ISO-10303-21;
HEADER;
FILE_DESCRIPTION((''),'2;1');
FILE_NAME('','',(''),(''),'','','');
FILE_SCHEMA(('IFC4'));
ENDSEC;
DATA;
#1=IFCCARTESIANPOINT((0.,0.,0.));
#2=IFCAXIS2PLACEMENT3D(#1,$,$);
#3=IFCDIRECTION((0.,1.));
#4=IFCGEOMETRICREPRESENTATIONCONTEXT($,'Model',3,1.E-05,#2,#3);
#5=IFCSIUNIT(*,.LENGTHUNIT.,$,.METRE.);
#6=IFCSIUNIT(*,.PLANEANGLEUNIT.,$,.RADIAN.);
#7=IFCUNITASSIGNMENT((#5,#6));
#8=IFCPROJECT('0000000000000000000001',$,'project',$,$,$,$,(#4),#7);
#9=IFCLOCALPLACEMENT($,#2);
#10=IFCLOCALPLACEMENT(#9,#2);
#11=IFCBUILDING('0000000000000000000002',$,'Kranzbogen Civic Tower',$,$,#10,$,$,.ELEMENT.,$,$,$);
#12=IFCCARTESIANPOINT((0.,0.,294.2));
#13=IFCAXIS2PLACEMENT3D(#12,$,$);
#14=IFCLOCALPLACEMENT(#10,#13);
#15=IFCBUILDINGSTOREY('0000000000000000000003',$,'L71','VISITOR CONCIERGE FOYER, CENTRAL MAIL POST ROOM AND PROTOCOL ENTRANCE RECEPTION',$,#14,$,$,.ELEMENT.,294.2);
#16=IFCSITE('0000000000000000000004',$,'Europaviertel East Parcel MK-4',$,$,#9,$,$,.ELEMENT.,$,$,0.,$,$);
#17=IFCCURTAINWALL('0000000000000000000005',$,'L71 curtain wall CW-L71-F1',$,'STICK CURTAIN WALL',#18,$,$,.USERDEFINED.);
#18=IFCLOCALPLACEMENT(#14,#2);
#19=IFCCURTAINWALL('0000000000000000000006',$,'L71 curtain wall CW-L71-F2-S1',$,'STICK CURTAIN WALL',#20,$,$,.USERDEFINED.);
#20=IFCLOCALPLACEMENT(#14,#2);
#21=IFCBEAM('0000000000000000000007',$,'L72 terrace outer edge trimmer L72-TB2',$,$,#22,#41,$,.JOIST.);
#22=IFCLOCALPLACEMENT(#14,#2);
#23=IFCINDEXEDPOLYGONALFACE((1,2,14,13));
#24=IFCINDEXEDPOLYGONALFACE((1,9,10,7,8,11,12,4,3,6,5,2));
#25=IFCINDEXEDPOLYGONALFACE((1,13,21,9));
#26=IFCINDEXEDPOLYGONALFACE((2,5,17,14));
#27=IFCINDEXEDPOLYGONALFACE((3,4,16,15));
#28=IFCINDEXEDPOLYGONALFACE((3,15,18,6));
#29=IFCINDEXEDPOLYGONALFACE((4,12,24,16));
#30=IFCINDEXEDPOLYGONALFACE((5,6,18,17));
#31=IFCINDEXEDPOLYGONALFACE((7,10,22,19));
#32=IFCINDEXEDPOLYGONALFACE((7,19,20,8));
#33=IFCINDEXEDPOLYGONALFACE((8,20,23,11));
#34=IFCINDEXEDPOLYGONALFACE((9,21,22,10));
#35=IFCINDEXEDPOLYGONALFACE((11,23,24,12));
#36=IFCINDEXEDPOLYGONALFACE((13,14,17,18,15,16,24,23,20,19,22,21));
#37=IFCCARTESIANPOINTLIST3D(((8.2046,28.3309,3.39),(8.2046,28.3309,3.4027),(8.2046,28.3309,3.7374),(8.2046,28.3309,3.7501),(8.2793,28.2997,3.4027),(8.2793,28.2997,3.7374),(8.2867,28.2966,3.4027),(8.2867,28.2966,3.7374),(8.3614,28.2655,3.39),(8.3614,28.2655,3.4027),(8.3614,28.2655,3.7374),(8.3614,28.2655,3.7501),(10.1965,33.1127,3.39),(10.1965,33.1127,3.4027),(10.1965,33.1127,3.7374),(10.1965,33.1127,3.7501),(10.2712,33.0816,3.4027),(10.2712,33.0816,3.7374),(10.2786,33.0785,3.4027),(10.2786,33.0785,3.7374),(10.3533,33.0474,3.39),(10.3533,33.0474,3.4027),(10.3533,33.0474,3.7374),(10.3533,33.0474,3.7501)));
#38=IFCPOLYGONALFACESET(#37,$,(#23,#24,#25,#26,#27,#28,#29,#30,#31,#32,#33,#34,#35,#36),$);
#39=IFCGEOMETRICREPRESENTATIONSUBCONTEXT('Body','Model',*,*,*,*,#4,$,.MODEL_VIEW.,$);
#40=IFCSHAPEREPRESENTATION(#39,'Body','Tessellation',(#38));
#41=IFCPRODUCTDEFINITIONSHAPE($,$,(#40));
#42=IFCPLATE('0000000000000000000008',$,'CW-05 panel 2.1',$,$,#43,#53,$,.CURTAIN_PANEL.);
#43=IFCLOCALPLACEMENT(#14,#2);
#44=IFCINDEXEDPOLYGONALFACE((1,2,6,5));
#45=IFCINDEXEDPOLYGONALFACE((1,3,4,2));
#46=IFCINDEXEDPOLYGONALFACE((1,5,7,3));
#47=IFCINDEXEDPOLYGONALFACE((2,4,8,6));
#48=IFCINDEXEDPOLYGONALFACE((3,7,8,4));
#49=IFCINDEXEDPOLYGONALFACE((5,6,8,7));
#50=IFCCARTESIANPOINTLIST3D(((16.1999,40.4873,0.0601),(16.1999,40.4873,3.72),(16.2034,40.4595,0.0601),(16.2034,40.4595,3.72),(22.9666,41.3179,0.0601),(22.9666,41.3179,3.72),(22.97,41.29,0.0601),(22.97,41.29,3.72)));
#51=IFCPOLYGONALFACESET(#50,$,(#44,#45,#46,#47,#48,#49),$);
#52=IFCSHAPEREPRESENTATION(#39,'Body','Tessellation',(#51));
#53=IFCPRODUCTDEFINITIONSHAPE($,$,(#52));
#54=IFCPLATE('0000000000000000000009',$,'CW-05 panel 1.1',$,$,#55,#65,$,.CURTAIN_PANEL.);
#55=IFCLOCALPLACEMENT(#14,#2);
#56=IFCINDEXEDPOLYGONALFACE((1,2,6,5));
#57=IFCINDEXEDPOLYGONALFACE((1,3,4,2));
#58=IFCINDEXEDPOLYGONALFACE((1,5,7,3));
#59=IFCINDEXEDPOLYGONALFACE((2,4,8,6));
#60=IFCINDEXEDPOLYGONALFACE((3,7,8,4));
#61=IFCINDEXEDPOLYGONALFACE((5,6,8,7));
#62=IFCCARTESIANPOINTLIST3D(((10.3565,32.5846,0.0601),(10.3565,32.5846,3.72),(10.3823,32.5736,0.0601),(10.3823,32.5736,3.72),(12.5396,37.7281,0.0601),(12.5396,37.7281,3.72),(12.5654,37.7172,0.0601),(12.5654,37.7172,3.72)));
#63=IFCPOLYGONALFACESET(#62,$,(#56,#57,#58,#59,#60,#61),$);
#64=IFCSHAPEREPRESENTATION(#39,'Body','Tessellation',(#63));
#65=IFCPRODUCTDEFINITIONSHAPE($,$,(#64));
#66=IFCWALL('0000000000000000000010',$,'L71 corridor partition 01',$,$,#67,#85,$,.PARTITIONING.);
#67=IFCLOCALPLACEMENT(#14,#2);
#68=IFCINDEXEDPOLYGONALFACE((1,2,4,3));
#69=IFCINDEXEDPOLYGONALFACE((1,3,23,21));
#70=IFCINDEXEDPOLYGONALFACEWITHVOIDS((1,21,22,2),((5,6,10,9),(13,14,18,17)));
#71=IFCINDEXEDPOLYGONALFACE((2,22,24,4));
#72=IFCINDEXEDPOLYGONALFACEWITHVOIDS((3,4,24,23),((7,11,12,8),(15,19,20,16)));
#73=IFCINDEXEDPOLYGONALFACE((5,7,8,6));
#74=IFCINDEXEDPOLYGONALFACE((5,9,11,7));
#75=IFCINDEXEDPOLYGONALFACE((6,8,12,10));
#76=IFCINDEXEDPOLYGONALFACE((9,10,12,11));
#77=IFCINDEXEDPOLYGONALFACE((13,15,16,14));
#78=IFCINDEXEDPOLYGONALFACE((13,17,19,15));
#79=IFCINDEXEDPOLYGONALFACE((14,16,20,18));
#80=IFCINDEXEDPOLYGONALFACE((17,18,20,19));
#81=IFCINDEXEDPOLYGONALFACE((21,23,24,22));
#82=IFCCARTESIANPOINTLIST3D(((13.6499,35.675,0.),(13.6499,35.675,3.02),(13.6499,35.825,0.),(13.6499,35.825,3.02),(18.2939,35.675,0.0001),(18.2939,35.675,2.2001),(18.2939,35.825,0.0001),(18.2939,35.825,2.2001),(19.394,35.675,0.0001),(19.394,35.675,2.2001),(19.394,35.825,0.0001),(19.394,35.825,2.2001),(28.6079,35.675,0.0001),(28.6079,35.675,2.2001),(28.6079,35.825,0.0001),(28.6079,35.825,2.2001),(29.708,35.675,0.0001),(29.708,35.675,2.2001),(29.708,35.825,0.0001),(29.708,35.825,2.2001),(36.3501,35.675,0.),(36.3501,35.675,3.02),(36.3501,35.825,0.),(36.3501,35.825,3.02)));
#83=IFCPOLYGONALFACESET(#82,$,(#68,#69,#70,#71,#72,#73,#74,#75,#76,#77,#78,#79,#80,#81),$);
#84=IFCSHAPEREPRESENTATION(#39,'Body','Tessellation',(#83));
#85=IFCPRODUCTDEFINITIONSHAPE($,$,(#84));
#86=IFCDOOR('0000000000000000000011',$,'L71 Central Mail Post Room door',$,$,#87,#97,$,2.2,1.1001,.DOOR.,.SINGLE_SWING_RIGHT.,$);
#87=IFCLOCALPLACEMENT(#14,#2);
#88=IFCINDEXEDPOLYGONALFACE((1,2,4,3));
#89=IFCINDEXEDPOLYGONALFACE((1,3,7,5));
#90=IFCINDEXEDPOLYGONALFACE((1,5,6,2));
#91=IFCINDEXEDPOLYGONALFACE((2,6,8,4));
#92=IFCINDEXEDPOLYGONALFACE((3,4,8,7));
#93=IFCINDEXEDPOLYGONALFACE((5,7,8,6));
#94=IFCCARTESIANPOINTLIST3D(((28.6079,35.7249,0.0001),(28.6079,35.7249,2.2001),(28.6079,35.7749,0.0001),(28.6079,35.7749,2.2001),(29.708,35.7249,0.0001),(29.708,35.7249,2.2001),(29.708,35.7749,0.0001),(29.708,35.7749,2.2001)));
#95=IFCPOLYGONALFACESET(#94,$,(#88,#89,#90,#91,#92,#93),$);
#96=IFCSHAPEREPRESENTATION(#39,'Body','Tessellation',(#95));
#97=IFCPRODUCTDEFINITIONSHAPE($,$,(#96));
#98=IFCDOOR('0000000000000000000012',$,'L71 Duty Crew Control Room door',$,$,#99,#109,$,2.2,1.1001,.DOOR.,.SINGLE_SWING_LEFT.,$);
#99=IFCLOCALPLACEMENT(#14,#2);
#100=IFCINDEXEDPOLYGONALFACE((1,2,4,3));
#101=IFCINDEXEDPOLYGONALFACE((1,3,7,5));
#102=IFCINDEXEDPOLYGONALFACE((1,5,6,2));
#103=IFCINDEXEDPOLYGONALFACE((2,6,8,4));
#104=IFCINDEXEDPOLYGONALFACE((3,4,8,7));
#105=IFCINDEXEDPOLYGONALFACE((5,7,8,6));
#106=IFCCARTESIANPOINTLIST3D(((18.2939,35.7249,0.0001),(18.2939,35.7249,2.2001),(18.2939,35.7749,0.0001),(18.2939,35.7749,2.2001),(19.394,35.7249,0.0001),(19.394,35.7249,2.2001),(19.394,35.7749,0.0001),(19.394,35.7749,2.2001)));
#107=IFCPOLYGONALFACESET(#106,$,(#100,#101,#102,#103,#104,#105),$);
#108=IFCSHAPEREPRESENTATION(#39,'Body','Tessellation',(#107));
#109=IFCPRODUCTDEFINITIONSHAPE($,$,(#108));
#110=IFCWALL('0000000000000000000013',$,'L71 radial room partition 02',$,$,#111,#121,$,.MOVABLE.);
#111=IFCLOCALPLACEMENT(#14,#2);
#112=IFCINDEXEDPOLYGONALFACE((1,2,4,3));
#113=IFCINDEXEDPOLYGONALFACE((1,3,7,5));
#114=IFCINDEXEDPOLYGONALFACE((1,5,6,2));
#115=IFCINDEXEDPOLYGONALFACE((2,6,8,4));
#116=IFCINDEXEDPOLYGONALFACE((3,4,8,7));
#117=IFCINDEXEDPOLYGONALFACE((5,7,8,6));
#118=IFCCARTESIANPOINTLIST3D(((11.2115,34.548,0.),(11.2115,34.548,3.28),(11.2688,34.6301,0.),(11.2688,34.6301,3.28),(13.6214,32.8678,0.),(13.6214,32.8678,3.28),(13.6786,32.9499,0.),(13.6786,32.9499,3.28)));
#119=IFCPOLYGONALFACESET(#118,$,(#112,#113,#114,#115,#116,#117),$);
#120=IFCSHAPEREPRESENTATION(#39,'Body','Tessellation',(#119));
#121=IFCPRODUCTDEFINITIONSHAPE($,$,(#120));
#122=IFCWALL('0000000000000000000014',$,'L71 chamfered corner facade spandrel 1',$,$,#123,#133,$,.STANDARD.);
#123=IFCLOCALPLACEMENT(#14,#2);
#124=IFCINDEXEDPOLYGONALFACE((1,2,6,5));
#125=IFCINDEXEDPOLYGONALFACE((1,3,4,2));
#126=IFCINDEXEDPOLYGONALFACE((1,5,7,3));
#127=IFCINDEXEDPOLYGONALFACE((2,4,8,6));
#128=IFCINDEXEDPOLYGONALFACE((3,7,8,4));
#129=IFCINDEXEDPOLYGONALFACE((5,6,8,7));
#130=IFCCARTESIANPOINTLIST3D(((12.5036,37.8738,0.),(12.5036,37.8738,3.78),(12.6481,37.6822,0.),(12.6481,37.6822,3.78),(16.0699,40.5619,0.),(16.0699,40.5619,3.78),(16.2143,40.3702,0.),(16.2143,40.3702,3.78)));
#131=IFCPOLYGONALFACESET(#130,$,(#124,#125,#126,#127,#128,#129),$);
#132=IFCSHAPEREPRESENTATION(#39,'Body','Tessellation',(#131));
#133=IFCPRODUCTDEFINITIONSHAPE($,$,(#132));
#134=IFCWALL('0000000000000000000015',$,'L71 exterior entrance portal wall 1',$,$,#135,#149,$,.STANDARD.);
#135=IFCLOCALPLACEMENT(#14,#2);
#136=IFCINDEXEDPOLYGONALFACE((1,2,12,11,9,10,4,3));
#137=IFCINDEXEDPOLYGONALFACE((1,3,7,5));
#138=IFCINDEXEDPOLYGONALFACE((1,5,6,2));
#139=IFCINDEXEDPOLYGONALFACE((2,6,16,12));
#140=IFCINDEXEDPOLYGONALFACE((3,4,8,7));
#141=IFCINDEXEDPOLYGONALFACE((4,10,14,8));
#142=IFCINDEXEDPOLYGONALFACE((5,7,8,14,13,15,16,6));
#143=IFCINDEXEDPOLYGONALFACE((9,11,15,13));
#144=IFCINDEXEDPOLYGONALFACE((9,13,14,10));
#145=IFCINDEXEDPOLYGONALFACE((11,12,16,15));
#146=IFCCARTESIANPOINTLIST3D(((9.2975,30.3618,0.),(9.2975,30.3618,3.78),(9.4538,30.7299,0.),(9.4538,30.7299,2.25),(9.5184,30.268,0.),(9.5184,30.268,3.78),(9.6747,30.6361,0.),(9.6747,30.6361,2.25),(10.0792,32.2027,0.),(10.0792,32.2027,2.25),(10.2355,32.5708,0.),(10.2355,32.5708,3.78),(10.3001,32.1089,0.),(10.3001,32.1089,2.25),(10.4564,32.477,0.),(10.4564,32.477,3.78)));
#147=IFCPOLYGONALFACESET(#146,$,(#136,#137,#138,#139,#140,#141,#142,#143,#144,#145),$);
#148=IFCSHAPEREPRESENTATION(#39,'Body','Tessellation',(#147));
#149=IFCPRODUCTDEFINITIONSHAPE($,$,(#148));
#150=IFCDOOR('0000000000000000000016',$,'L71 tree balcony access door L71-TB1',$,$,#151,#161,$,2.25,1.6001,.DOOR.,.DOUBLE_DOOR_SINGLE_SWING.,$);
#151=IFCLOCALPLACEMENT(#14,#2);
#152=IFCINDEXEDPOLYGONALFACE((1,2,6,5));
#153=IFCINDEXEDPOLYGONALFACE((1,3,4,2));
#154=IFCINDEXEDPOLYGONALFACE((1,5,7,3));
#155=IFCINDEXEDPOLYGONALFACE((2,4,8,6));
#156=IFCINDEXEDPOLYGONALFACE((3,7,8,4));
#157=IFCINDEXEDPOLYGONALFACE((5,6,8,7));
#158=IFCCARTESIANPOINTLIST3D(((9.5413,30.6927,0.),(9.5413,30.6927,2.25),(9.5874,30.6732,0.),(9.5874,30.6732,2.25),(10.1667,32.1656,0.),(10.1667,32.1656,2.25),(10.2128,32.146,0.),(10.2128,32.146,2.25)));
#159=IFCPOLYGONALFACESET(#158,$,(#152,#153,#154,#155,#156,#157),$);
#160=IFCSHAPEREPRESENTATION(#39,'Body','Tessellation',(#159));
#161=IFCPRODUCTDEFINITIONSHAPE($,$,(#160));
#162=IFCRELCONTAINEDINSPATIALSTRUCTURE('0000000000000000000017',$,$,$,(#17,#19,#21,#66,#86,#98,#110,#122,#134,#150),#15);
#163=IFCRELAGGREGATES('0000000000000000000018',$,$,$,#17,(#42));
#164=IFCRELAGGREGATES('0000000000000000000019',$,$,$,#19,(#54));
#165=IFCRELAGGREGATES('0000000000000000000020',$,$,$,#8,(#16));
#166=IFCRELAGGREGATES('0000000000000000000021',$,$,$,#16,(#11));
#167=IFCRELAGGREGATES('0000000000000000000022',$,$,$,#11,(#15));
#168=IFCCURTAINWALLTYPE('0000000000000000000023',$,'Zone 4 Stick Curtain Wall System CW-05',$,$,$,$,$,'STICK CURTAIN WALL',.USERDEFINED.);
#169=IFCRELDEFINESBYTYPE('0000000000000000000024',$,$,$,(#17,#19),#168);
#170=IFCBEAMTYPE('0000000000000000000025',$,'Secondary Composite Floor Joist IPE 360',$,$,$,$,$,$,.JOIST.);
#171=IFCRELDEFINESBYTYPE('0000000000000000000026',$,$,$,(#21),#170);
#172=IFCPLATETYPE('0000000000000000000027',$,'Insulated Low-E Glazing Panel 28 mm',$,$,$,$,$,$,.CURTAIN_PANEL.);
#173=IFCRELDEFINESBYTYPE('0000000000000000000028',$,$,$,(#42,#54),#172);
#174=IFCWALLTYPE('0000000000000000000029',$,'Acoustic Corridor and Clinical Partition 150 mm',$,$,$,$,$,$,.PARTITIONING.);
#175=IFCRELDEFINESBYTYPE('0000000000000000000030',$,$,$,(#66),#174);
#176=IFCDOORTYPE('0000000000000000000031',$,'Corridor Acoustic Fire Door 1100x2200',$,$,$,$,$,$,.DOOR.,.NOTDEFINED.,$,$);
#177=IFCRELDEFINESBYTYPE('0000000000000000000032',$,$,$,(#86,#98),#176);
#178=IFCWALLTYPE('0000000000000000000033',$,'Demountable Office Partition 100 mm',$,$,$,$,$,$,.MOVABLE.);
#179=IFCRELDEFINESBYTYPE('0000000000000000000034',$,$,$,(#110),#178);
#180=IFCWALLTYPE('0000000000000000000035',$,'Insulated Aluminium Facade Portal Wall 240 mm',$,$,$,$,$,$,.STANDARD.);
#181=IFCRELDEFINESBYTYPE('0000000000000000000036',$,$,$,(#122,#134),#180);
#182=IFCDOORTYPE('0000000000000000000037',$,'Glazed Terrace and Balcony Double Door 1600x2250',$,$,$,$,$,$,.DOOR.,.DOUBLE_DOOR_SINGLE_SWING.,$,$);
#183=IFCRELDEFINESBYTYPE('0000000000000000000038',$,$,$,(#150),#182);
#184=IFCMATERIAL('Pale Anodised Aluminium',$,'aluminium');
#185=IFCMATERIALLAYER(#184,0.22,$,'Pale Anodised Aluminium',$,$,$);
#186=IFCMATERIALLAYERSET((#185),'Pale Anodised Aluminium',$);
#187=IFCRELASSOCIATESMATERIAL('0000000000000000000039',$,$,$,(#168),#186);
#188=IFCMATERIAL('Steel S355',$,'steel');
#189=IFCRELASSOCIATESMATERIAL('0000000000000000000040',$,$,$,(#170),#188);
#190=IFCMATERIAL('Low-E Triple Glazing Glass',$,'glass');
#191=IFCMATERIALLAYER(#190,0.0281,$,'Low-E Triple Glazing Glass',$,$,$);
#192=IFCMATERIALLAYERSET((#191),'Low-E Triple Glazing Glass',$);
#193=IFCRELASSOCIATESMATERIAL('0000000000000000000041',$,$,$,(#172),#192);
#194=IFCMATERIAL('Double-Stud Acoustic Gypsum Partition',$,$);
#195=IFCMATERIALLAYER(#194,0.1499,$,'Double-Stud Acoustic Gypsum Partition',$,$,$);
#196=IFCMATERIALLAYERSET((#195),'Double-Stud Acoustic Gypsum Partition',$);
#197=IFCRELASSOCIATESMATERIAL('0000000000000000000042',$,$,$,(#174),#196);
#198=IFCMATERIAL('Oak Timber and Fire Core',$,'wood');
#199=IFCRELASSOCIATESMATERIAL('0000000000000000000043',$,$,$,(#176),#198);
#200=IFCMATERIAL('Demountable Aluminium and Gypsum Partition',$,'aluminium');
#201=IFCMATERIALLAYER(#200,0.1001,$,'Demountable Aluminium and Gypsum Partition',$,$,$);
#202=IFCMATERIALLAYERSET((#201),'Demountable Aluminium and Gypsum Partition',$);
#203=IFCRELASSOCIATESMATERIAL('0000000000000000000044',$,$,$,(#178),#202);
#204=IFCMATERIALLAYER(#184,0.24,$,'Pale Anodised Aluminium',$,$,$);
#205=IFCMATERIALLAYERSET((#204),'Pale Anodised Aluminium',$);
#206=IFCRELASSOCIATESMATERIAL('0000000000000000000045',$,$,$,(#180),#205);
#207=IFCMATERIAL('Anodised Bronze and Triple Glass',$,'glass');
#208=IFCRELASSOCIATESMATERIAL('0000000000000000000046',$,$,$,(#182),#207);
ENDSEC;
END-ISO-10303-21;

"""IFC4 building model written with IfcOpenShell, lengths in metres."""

from ifc_helpers import new_model, si_unit, direction, frame, frame_2d, origin, origin_2d, place, context, subcontext, project, spatial, rectangle, i_section, extrude, material, layer, layer_set, material_profile, profile_set, type_object, element, fill, aggregate, save


model = new_model("IFC4")

# Units and contexts
model_context = context("Model", 3, precision=1e-05, world=origin(), true_north=direction((0.0, 1.0)))
body_context = subcontext(model_context, "Body", "Model", "MODEL_VIEW")
ifc_project = project(units=[si_unit("LENGTHUNIT", "METRE"), si_unit("PLANEANGLEUNIT", "RADIAN")], contexts=[model_context])

# Site, building, storey
site_placement = place(None, origin())
site = spatial("IfcSite", under=ifc_project, at=site_placement, Name="Europaviertel East Parcel MK-4", CompositionType="ELEMENT", RefElevation=0.0)
building_placement = place(site_placement, origin())
building = spatial("IfcBuilding", under=site, at=building_placement, Name="Kranzbogen Civic Tower", CompositionType="ELEMENT")
storey_placement = place(building_placement, frame((0.0, 0.0, 294.2)))
storey = spatial("IfcBuildingStorey", under=building, at=storey_placement, Name="L71", Description="VISITOR CONCIERGE FOYER, CENTRAL MAIL POST ROOM AND PROTOCOL ENTRANCE RECEPTION", CompositionType="ELEMENT", Elevation=294.2)

# Shared definitions
ifc_material_1 = material(Name="Steel S355", Category="steel")

# Curtain wall
ifc_material_2 = material(Name="Pale Anodised Aluminium", Category="aluminium")
ifc_layer_1 = layer(ifc_material_2, 0.22, Name="Pale Anodised Aluminium")
ifc_layer_set_1 = layer_set([ifc_layer_1], Name="Pale Anodised Aluminium")
curtain_wall_type = type_object("IfcCurtainWallType", Name="Zone 4 Stick Curtain Wall System CW-05", ElementType="STICK CURTAIN WALL", PredefinedType="USERDEFINED", material=ifc_layer_set_1)
curtain_wall_1_placement = place(storey_placement, origin())
curtain_wall_1 = element("IfcCurtainWall", 1, at=curtain_wall_1_placement, inside=storey, type_object=curtain_wall_type, Name="L71 curtain wall CW-L71-F1", ObjectType="STICK CURTAIN WALL", PredefinedType="USERDEFINED")

# Curtain wall
curtain_wall_2_placement = place(storey_placement, origin())
curtain_wall_2 = element("IfcCurtainWall", 2, at=curtain_wall_2_placement, inside=storey, type_object=curtain_wall_type, Name="L71 curtain wall CW-L71-F2-S1", ObjectType="STICK CURTAIN WALL", PredefinedType="USERDEFINED")

# Beam
ifc_material_profile_1 = material_profile(ifc_material_1, i_section(OverallWidth=0.1699, OverallDepth=0.3601, WebThickness=0.0081, FlangeThickness=0.0127, at=origin_2d()), Name="IPE 360")
ifc_profile_set_1 = profile_set([ifc_material_profile_1], Name="Steel S355")
beam_type_1 = type_object("IfcBeamType", Name="Secondary Composite Floor Joist IPE 360", PredefinedType="JOIST", material=ifc_profile_set_1)
beam_1_placement = place(storey_placement, frame((10.2749, 33.0801, 3.5701), z_axis=(-0.384525, -0.923115, 0.0), x_axis=(0.923115, -0.384525, 0.0)))
element("IfcBeam", 3, at=beam_1_placement, inside=storey, type_object=beam_type_1, Name="L72 terrace outer edge trimmer L72-TB2", PredefinedType="JOIST", context=body_context, shape_type="SweptSolid", body=[
    extrude(i_section(OverallWidth=0.1699, OverallDepth=0.3601, WebThickness=0.0081, FlangeThickness=0.0127, at=origin_2d()), origin(), (0.0, 0.0, 1.0), 5.1802),
])

# Plates
ifc_material_3 = material(Name="Low-E Triple Glazing Glass", Category="glass")
ifc_layer_2 = layer(ifc_material_3, 0.0281, Name="Low-E Triple Glazing Glass")
ifc_layer_set_2 = layer_set([ifc_layer_2], Name="Low-E Triple Glazing Glass")
plate_type = type_object("IfcPlateType", Name="Insulated Low-E Glazing Panel 28 mm", PredefinedType="CURTAIN_PANEL", material=ifc_layer_set_2)
plate_1_placement = place(storey_placement, frame((19.585, 40.8887, 0.0601), z_axis=(0.0, 0.0, 1.0), x_axis=(-0.992552, -0.121825, 0.0)))
plate_1 = element("IfcPlate", 4, at=plate_1_placement, type_object=plate_type, Name="CW-05 panel 2.1", PredefinedType="CURTAIN_PANEL", context=body_context, shape_type="SweptSolid", body=[
    extrude(rectangle(XDim=6.8174, YDim=0.0281, at=origin_2d()), origin(), (0.0, 0.0, 1.0), 3.6599),
])
aggregate(curtain_wall_1, [plate_1])
plate_2_placement = place(storey_placement, frame((11.4609, 35.1509, 0.0601), z_axis=(0.0, 0.0, 1.0), x_axis=(-0.390703, -0.920517, 0.0)))
plate_2 = element("IfcPlate", 5, at=plate_2_placement, type_object=plate_type, Name="CW-05 panel 1.1", PredefinedType="CURTAIN_PANEL", context=body_context, shape_type="SweptSolid", body=[
    extrude(rectangle(XDim=5.5876, YDim=0.0281, at=origin_2d()), origin(), (0.0, 0.0, 1.0), 3.6599),
])
aggregate(curtain_wall_2, [plate_2])

# Wall, openings, doors
ifc_material_4 = material(Name="Double-Stud Acoustic Gypsum Partition")
ifc_layer_3 = layer(ifc_material_4, 0.1499, Name="Double-Stud Acoustic Gypsum Partition")
ifc_layer_set_3 = layer_set([ifc_layer_3], Name="Double-Stud Acoustic Gypsum Partition")
wall_type_1 = type_object("IfcWallType", Name="Acoustic Corridor and Clinical Partition 150 mm", PredefinedType="PARTITIONING", material=ifc_layer_set_3)
wall_1_placement = place(storey_placement, frame((13.6499, 35.75, 0.0), z_axis=(0.0, 0.0, 1.0), x_axis=(1.0, 0.0, 0.0)))
wall_1 = element("IfcWall", 6, at=wall_1_placement, inside=storey, type_object=wall_type_1, Name="L71 corridor partition 01", PredefinedType="PARTITIONING", context=body_context, shape_type="SweptSolid", body=[
    extrude(rectangle(XDim=22.7002, YDim=0.1499, at=frame_2d((11.3501, 0.0))), origin(), (0.0, 0.0, 1.0), 3.02),
])
opening_1_placement = place(wall_1_placement, frame((14.958, 0.0, 0.0)))
opening_1 = element("IfcOpeningElement", 7, at=opening_1_placement, cuts=wall_1, PredefinedType="OPENING", context=body_context, shape_type="SweptSolid", body=[
    extrude(rectangle(XDim=1.1001, YDim=2.2, at=frame_2d((0.55, 1.1001))), frame((0.0, 0.085, 0.0), z_axis=(0.0, -1.0, 0.0), x_axis=(1.0, 0.0, 0.0)), (0.0, 0.0, 1.0), 0.1699),
])
opening_2_placement = place(wall_1_placement, frame((4.644, 0.0, 0.0)))
opening_2 = element("IfcOpeningElement", 8, at=opening_2_placement, cuts=wall_1, PredefinedType="OPENING", context=body_context, shape_type="SweptSolid", body=[
    extrude(rectangle(XDim=1.1001, YDim=2.2, at=frame_2d((0.55, 1.1001))), frame((0.0, 0.085, 0.0), z_axis=(0.0, -1.0, 0.0), x_axis=(1.0, 0.0, 0.0)), (0.0, 0.0, 1.0), 0.1699),
])
ifc_material_5 = material(Name="Oak Timber and Fire Core", Category="wood")
door_type_1 = type_object("IfcDoorType", Name="Corridor Acoustic Fire Door 1100x2200", OperationType="NOTDEFINED", PredefinedType="DOOR", material=ifc_material_5)
door_1_placement = place(opening_1_placement, origin())
door_1 = element("IfcDoor", 9, at=door_1_placement, inside=storey, type_object=door_type_1, Name="L71 Central Mail Post Room door", OperationType="SINGLE_SWING_RIGHT", OverallHeight=2.2, OverallWidth=1.1001, PredefinedType="DOOR", context=body_context, shape_type="SweptSolid", body=[
    extrude(rectangle(XDim=1.1001, YDim=2.2, at=frame_2d((0.55, 1.1001))), frame((0.0, 0.0249, 0.0), z_axis=(0.0, -1.0, 0.0), x_axis=(1.0, 0.0, 0.0)), (0.0, 0.0, 1.0), 0.05),
])
fill(opening_1, door_1)
door_2_placement = place(opening_2_placement, origin())
door_2 = element("IfcDoor", 10, at=door_2_placement, inside=storey, type_object=door_type_1, Name="L71 Duty Crew Control Room door", OperationType="SINGLE_SWING_LEFT", OverallHeight=2.2, OverallWidth=1.1001, PredefinedType="DOOR", context=body_context, shape_type="SweptSolid", body=[
    extrude(rectangle(XDim=1.1001, YDim=2.2, at=frame_2d((0.55, 1.1001))), frame((0.0, 0.0249, 0.0), z_axis=(0.0, -1.0, 0.0), x_axis=(1.0, 0.0, 0.0)), (0.0, 0.0, 1.0), 0.05),
])
fill(opening_2, door_2)

# Walls
ifc_material_6 = material(Name="Demountable Aluminium and Gypsum Partition", Category="aluminium")
ifc_layer_4 = layer(ifc_material_6, 0.1001, Name="Demountable Aluminium and Gypsum Partition")
ifc_layer_set_4 = layer_set([ifc_layer_4], Name="Demountable Aluminium and Gypsum Partition")
wall_type_2 = type_object("IfcWallType", Name="Demountable Office Partition 100 mm", PredefinedType="MOVABLE", material=ifc_layer_set_4)
wall_2_placement = place(storey_placement, frame((13.6499, 32.9089, 0.0), z_axis=(0.0, 0.0, 1.0), x_axis=(-0.820312, 0.571916, 0.0)))
element("IfcWall", 11, at=wall_2_placement, inside=storey, type_object=wall_type_2, Name="L71 radial room partition 02", PredefinedType="MOVABLE", context=body_context, shape_type="SweptSolid", body=[
    extrude(rectangle(XDim=2.9377, YDim=0.1001, at=frame_2d((1.4688, 0.0))), origin(), (0.0, 0.0, 1.0), 3.28),
])
ifc_layer_5 = layer(ifc_material_2, 0.24, Name="Pale Anodised Aluminium")
ifc_layer_set_5 = layer_set([ifc_layer_5], Name="Pale Anodised Aluminium")
wall_type_3 = type_object("IfcWallType", Name="Insulated Aluminium Facade Portal Wall 240 mm", PredefinedType="STANDARD", material=ifc_layer_set_5)
wall_3_placement = place(storey_placement, frame((16.1421, 40.4661, 0.0), z_axis=(0.0, 0.0, 1.0), x_axis=(-0.798561, -0.601914, 0.0)))
element("IfcWall", 12, at=wall_3_placement, inside=storey, type_object=wall_type_3, Name="L71 chamfered corner facade spandrel 1", PredefinedType="STANDARD", context=body_context, shape_type="SweptSolid", body=[
    extrude(rectangle(XDim=4.4658, YDim=0.24, at=frame_2d((2.2329, 0.0))), origin(), (0.0, 0.0, 1.0), 3.78),
])

# Wall, opening, door
wall_4_placement = place(storey_placement, frame((10.3459, 32.5239, 0.0), z_axis=(0.0, 0.0, 1.0), x_axis=(-0.390848, -0.920455, 0.0)))
wall_4 = element("IfcWall", 13, at=wall_4_placement, inside=storey, type_object=wall_type_3, Name="L71 exterior entrance portal wall 1", PredefinedType="STANDARD", context=body_context, shape_type="SweptSolid", body=[
    extrude(rectangle(XDim=2.3999, YDim=0.24, at=frame_2d((1.2, 0.0))), origin(), (0.0, 0.0, 1.0), 3.78),
])
opening_3_placement = place(wall_4_placement, frame((0.3999, 0.0, 0.0)))
opening_3 = element("IfcOpeningElement", 14, at=opening_3_placement, cuts=wall_4, PredefinedType="OPENING", context=body_context, shape_type="SweptSolid", body=[
    extrude(rectangle(XDim=1.6001, YDim=2.25, at=frame_2d((0.8, 1.125))), frame((0.0, 0.1299, 0.0), z_axis=(0.0, -1.0, 0.0), x_axis=(1.0, 0.0, 0.0)), (0.0, 0.0, 1.0), 0.26),
])
ifc_material_7 = material(Name="Anodised Bronze and Triple Glass", Category="glass")
door_type_2 = type_object("IfcDoorType", Name="Glazed Terrace and Balcony Double Door 1600x2250", OperationType="DOUBLE_DOOR_SINGLE_SWING", PredefinedType="DOOR", material=ifc_material_7)
door_3_placement = place(opening_3_placement, frame((1.6001, 0.0, 0.0), z_axis=(0.0, 0.0, 1.0), x_axis=(-1.0, 0.0, 0.0)))
door_3 = element("IfcDoor", 15, at=door_3_placement, inside=storey, type_object=door_type_2, Name="L71 tree balcony access door L71-TB1", OperationType="DOUBLE_DOOR_SINGLE_SWING", OverallHeight=2.25, OverallWidth=1.6001, PredefinedType="DOOR", context=body_context, shape_type="SweptSolid", body=[
    extrude(rectangle(XDim=1.6001, YDim=2.25, at=frame_2d((0.8, 1.125))), frame((0.0, 0.0249, 0.0), z_axis=(0.0, -1.0, 0.0), x_axis=(1.0, 0.0, 0.0)), (0.0, 0.0, 1.0), 0.05),
])
fill(opening_3, door_3)

save(model, "model.ifc")
